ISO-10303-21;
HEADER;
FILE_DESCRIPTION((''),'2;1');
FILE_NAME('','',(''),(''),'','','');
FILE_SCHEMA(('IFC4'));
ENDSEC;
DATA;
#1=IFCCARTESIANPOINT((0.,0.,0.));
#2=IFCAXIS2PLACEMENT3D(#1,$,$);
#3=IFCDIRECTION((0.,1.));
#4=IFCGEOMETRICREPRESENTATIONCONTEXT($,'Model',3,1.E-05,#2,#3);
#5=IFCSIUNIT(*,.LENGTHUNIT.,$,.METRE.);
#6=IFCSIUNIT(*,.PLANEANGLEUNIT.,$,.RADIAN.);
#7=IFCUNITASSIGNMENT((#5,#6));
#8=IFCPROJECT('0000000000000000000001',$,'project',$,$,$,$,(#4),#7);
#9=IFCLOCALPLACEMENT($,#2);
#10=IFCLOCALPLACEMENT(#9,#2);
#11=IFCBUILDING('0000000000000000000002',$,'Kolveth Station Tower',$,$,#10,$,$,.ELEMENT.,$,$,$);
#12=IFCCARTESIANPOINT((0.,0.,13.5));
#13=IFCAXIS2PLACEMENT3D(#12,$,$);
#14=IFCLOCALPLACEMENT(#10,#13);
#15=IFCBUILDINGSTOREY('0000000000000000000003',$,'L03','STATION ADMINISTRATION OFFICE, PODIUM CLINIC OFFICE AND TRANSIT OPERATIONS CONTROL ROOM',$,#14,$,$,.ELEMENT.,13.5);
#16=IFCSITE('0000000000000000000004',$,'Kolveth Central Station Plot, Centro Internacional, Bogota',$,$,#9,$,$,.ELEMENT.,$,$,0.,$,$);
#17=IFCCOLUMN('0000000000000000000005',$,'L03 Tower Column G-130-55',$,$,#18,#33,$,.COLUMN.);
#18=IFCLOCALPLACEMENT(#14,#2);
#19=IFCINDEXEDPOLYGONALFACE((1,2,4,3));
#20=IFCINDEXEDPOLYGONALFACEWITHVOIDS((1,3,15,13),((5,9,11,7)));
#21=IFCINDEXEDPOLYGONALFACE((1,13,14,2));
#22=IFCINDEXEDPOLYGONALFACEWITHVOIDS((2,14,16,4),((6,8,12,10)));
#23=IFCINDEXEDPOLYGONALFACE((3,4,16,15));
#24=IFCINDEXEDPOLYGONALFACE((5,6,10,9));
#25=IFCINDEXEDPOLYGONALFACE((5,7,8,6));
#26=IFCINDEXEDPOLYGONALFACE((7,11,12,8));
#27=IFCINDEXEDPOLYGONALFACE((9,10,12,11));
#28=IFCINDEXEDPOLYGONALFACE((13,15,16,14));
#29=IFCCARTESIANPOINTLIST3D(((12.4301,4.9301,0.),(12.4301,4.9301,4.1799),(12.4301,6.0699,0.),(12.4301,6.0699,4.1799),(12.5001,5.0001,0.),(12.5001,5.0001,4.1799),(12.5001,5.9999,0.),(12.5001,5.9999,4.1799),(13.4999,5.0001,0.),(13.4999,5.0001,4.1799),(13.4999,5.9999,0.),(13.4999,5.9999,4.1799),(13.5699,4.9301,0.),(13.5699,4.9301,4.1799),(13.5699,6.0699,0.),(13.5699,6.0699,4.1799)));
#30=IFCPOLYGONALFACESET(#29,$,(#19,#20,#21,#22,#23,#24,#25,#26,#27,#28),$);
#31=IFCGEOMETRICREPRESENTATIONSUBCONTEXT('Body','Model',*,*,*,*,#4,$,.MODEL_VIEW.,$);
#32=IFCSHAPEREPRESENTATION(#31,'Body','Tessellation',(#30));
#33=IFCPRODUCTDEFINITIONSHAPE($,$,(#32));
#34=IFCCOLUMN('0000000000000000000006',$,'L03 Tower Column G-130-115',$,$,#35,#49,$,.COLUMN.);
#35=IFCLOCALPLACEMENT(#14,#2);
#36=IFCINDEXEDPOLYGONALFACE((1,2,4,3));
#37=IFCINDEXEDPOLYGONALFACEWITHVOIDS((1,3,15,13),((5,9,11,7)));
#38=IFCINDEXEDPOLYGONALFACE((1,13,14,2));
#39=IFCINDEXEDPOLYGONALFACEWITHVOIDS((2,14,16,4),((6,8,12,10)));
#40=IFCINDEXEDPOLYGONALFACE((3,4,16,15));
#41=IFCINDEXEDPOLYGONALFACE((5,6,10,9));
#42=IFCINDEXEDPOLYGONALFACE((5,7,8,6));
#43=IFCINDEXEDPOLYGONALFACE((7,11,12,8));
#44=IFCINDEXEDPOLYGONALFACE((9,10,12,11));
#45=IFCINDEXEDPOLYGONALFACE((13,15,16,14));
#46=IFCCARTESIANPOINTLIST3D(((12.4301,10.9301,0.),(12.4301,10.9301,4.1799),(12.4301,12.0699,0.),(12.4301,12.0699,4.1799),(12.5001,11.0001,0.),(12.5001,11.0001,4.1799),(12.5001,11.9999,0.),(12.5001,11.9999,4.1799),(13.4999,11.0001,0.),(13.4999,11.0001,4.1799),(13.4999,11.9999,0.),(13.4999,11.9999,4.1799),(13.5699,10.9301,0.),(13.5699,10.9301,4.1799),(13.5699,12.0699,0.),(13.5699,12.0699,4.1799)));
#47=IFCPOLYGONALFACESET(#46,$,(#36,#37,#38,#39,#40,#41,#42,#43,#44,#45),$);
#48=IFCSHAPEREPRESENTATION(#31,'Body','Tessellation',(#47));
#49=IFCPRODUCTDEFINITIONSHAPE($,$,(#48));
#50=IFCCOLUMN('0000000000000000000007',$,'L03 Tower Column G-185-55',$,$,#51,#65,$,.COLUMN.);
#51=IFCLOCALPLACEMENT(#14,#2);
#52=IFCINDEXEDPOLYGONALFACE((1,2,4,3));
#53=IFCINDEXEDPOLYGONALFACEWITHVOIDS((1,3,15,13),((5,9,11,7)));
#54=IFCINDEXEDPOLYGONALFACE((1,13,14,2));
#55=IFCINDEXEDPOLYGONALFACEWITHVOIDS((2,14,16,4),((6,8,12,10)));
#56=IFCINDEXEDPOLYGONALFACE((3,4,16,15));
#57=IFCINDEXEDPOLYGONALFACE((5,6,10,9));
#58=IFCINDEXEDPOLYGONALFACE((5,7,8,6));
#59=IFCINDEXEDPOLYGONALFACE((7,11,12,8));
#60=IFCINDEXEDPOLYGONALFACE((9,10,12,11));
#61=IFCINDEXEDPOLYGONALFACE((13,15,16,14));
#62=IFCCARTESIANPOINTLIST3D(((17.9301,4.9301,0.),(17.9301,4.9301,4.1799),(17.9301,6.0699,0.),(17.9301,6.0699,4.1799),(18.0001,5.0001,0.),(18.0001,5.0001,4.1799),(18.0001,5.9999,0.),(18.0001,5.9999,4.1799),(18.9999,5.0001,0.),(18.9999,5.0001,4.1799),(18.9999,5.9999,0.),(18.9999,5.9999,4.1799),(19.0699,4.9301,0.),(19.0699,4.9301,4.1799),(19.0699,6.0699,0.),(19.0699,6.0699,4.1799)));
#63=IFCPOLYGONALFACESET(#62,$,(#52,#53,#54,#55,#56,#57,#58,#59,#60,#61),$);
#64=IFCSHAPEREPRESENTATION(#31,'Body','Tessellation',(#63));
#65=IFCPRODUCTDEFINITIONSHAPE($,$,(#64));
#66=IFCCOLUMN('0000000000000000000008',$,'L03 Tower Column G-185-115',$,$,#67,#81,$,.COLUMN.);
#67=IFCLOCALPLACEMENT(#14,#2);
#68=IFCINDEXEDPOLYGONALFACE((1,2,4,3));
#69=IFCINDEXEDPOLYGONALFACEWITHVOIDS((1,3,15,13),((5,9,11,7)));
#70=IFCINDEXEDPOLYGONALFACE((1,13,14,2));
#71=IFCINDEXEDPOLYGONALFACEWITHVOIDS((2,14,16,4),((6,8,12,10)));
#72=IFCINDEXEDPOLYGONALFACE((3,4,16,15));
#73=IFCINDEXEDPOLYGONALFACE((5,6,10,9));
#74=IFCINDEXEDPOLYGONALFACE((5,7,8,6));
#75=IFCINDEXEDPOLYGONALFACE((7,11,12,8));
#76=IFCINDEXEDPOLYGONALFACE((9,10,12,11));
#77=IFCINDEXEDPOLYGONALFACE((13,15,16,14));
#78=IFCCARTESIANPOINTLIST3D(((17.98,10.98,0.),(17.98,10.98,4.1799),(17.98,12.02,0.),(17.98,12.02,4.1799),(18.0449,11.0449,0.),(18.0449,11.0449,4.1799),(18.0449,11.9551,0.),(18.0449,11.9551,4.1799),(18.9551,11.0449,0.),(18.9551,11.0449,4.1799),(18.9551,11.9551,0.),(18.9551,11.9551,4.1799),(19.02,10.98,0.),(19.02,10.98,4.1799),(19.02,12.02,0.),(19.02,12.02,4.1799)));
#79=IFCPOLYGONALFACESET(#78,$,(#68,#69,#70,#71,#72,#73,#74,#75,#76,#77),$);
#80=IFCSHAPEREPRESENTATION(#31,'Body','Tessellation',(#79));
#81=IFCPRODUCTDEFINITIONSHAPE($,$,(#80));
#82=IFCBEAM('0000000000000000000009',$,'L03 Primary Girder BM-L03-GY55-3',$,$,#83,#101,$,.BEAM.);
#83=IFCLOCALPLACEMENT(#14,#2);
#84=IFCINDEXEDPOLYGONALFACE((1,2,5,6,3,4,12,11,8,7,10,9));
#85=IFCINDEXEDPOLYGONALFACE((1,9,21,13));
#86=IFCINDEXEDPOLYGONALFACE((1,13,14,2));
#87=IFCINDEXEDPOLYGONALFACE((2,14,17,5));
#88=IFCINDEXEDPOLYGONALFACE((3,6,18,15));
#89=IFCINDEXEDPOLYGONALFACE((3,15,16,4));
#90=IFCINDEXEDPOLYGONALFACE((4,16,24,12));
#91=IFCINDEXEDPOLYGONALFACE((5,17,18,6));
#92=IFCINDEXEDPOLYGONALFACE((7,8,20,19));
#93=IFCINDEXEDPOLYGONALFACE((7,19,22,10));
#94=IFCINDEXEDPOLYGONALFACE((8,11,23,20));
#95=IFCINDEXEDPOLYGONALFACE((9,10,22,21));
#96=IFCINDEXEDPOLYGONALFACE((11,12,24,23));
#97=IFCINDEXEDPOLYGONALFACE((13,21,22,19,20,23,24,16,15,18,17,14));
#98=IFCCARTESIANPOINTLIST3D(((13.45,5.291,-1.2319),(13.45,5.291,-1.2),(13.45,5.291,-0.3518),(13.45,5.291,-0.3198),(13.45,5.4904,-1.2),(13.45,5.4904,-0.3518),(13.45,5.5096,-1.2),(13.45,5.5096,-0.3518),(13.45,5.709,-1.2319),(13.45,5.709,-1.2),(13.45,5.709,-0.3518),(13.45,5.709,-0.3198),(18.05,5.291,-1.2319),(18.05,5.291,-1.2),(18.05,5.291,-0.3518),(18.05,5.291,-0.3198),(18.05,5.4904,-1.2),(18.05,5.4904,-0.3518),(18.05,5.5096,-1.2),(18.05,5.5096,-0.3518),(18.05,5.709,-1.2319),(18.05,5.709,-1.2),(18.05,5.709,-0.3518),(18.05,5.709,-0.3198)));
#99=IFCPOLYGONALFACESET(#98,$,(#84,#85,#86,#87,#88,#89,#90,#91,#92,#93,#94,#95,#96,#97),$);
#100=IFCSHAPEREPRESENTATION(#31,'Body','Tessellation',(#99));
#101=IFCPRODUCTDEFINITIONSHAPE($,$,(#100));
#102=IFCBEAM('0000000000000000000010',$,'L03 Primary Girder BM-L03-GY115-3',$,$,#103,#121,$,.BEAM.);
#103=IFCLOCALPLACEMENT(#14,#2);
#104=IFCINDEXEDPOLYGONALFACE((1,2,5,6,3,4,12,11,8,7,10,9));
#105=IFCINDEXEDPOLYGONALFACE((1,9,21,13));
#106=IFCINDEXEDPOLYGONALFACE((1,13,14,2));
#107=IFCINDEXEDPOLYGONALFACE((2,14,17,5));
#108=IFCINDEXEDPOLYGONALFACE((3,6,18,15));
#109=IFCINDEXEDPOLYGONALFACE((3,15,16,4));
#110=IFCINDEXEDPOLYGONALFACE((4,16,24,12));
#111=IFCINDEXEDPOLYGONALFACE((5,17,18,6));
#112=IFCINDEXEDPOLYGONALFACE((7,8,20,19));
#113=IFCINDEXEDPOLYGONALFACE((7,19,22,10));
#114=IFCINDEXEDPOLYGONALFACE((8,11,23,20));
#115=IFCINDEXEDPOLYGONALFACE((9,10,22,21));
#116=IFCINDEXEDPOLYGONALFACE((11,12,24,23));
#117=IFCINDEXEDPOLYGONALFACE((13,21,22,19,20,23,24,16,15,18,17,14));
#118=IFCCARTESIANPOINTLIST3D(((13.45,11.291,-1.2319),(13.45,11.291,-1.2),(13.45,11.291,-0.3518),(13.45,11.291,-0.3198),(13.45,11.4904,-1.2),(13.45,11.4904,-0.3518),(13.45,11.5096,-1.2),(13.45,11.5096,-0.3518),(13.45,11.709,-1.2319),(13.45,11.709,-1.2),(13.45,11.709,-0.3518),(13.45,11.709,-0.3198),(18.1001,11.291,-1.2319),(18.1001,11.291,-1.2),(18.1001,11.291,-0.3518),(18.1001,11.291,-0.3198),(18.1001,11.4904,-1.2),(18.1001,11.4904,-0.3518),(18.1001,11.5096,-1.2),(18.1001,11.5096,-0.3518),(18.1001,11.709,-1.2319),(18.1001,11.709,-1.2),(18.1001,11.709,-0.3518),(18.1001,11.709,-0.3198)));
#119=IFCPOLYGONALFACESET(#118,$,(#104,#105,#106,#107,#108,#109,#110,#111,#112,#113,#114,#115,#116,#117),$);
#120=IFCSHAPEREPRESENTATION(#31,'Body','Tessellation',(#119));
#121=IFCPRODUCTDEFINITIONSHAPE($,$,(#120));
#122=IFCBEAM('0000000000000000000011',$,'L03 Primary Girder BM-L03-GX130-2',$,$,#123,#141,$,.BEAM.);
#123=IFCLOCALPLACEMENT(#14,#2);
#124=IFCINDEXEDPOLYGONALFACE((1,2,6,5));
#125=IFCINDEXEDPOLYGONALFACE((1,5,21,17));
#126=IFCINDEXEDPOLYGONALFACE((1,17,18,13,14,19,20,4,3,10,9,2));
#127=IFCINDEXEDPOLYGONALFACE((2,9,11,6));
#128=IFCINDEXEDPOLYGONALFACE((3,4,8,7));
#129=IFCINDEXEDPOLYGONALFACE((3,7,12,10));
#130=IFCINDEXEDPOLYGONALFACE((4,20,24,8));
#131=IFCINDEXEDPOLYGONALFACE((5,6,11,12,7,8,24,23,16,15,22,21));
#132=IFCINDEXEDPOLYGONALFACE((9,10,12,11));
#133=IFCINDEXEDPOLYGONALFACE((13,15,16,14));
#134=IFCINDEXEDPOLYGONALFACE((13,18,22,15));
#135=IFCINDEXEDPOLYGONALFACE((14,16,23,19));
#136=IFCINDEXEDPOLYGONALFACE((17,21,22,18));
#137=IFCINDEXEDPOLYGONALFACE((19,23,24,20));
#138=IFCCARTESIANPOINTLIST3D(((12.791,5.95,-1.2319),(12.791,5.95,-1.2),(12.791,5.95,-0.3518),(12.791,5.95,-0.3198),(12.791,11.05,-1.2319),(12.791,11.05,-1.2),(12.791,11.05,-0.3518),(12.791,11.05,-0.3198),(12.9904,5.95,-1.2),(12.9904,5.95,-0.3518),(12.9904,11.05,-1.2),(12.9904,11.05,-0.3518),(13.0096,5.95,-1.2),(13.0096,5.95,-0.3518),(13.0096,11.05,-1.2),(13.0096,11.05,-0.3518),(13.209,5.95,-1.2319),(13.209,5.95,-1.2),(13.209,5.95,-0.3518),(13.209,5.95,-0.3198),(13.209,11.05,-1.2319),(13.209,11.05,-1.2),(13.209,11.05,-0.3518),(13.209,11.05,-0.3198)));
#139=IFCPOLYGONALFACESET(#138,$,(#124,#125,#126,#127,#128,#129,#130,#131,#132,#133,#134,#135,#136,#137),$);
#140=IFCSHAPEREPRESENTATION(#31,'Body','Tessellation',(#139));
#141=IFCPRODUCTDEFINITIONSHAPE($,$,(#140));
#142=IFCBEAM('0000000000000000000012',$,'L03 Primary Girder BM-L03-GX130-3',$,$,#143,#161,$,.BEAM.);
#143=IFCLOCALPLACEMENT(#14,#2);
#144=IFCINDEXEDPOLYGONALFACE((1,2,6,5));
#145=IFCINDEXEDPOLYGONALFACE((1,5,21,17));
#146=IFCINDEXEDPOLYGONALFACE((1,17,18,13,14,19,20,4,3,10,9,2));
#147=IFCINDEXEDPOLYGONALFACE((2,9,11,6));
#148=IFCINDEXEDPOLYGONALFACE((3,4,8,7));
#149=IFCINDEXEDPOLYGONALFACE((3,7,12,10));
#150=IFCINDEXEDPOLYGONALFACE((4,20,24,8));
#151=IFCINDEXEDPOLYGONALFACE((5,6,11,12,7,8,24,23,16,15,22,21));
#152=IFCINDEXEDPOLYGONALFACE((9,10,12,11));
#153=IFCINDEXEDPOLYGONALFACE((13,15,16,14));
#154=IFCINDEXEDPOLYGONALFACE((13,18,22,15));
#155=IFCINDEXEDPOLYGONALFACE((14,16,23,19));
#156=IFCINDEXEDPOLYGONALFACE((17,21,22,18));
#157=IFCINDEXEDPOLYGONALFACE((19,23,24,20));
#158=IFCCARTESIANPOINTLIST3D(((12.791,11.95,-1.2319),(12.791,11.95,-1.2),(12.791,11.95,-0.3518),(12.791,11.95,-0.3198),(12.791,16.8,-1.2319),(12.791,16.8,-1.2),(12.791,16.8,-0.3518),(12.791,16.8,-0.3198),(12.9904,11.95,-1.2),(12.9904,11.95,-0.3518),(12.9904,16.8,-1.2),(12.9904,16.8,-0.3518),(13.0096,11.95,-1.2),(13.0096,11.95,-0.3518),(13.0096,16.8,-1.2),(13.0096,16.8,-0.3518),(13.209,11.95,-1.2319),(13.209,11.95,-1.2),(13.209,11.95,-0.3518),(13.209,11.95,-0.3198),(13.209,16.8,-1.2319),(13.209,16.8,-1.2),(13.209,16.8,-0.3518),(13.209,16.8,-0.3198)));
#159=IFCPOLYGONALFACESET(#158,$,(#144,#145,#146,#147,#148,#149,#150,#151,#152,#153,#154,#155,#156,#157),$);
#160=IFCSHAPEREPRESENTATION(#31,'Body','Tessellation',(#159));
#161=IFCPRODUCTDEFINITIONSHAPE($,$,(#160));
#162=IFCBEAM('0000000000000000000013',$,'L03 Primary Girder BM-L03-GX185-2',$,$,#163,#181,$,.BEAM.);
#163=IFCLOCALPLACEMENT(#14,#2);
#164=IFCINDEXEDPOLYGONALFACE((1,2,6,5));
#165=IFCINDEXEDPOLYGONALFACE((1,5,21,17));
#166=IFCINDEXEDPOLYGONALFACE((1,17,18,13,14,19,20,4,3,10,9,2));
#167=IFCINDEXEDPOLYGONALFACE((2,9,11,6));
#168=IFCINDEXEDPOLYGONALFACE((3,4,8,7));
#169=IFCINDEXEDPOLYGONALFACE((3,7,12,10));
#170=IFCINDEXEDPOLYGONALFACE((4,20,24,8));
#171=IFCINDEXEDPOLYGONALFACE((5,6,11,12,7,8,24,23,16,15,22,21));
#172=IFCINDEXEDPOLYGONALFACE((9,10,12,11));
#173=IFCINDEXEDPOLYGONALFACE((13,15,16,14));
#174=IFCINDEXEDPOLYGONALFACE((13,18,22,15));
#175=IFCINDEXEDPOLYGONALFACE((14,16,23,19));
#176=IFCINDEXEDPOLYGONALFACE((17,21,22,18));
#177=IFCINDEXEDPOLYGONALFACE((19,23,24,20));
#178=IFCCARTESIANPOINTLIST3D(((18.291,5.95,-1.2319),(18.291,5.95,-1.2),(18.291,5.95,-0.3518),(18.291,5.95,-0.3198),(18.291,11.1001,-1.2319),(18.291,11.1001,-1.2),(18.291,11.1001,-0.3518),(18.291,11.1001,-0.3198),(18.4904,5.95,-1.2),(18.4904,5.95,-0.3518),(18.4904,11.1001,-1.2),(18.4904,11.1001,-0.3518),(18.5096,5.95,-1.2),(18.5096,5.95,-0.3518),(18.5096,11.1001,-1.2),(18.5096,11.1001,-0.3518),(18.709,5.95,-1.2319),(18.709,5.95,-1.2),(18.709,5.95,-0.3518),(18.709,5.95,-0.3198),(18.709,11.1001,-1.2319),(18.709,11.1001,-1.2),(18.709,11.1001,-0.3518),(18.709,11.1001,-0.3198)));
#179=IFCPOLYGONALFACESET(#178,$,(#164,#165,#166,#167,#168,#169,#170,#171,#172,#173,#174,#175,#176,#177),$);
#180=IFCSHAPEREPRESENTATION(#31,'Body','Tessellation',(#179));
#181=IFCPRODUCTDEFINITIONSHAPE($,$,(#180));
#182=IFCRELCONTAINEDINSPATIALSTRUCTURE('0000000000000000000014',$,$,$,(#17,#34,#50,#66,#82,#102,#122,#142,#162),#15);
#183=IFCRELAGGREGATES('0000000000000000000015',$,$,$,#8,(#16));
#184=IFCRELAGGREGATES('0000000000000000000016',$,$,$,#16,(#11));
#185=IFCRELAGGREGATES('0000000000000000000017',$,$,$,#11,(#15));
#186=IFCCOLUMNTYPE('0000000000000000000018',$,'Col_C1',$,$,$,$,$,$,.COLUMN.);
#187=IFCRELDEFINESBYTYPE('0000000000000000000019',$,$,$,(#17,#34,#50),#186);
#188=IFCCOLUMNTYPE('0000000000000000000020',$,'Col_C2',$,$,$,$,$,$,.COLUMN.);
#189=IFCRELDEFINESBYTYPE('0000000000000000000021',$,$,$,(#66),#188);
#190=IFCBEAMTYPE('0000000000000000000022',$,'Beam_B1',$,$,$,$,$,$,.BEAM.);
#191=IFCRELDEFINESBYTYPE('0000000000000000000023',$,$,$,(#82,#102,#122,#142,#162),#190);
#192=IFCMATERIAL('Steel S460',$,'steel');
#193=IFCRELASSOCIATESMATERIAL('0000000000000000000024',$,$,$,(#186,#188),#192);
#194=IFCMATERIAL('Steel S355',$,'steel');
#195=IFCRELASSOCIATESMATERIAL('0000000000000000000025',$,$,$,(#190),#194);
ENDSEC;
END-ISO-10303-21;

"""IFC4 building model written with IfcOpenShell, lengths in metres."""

from ifc_helpers import new_model, si_unit, direction, frame, origin, origin_2d, place, context, subcontext, project, spatial, hollow_rectangle, i_section, extrude, source, transform, mapped, material, material_profile, profile_set, type_object, element, save


model = new_model("IFC4")

# Units and contexts
model_context = context("Model", 3, precision=1e-05, world=origin(), true_north=direction((0.0, 1.0)))
body_context = subcontext(model_context, "Body", "Model", "MODEL_VIEW")
ifc_project = project(units=[si_unit("LENGTHUNIT", "METRE"), si_unit("PLANEANGLEUNIT", "RADIAN")], contexts=[model_context])

# Site, building, storey
site_placement = place(None, origin())
site = spatial("IfcSite", under=ifc_project, at=site_placement, Name="Kolveth Central Station Plot, Centro Internacional, Bogota", CompositionType="ELEMENT", RefElevation=0.0)
building_placement = place(site_placement, origin())
building = spatial("IfcBuilding", under=site, at=building_placement, Name="Kolveth Station Tower", CompositionType="ELEMENT")
storey_placement = place(building_placement, frame((0.0, 0.0, 13.5)))
storey = spatial("IfcBuildingStorey", under=building, at=storey_placement, Name="L03", Description="STATION ADMINISTRATION OFFICE, PODIUM CLINIC OFFICE AND TRANSIT OPERATIONS CONTROL ROOM", CompositionType="ELEMENT", Elevation=13.5)

# Columns
ifc_material_1 = material(Name="Steel S460", Category="steel")
ifc_material_profile_1 = material_profile(ifc_material_1, hollow_rectangle(XDim=1.1399, YDim=1.1399, WallThickness=0.0701, at=origin_2d()), Name="BOX1140x1140x70")
ifc_profile_set_1 = profile_set([ifc_material_profile_1], Name="Steel S460")
column_type_1 = type_object("IfcColumnType", Name="Col_C1", PredefinedType="COLUMN", material=ifc_profile_set_1)
shared_shape_1 = source(origin(), body_context, "Body", "SweptSolid", [
    extrude(hollow_rectangle(XDim=1.1399, YDim=1.1399, WallThickness=0.0701, at=origin_2d()), origin(), (0.0, 0.0, 1.0), 4.1799),
])
for number, where, z_axis, x_axis, name in (
    (1, (13.0, 5.5, 0.0), (0.0, 0.0, 1.0), (1.0, 0.0, 0.0), "L03 Tower Column G-130-55"),
    (2, (13.0, 11.5, 0.0), (0.0, 0.0, 1.0), (1.0, 0.0, 0.0), "L03 Tower Column G-130-115"),
    (3, (18.5, 5.5, 0.0), (0.0, 0.0, 1.0), (1.0, 0.0, 0.0), "L03 Tower Column G-185-55"),
):
    element("IfcColumn", number, at=place(storey_placement, frame(where, z_axis=z_axis, x_axis=x_axis)), inside=storey, type_object=column_type_1, Name=name, PredefinedType="COLUMN", context=body_context, shape_type="MappedRepresentation", body=[
        mapped(shared_shape_1, transform((0.0, 0.0, 0.0), x_axis=(1.0, 0.0, 0.0), y_axis=(0.0, 1.0, 0.0), z_axis=(0.0, 0.0, 1.0), scale=1.0)),
    ])
ifc_material_profile_2 = material_profile(ifc_material_1, hollow_rectangle(XDim=1.04, YDim=1.04, WallThickness=0.0649, at=origin_2d()), Name="BOX1040x1040x65")
ifc_profile_set_2 = profile_set([ifc_material_profile_2], Name="Steel S460")
column_type_2 = type_object("IfcColumnType", Name="Col_C2", PredefinedType="COLUMN", material=ifc_profile_set_2)
shared_shape_2 = source(origin(), body_context, "Body", "SweptSolid", [
    extrude(hollow_rectangle(XDim=1.04, YDim=1.04, WallThickness=0.0649, at=origin_2d()), origin(), (0.0, 0.0, 1.0), 4.1799),
])
column_placement = place(storey_placement, frame((18.5, 11.5, 0.0), z_axis=(0.0, 0.0, 1.0), x_axis=(1.0, 0.0, 0.0)))
element("IfcColumn", 4, at=column_placement, inside=storey, type_object=column_type_2, Name="L03 Tower Column G-185-115", PredefinedType="COLUMN", context=body_context, shape_type="MappedRepresentation", body=[
    mapped(shared_shape_2, transform((0.0, 0.0, 0.0), x_axis=(1.0, 0.0, 0.0), y_axis=(0.0, 1.0, 0.0), z_axis=(0.0, 0.0, 1.0), scale=1.0)),
])

# Beams
ifc_material_2 = material(Name="Steel S355", Category="steel")
ifc_material_profile_3 = material_profile(ifc_material_2, i_section(OverallWidth=0.418, OverallDepth=0.9121, WebThickness=0.0193, FlangeThickness=0.032, at=origin_2d()), Name="W920x342")
ifc_profile_set_3 = profile_set([ifc_material_profile_3], Name="Steel S355")
beam_type_1 = type_object("IfcBeamType", Name="Beam_B1", PredefinedType="BEAM", material=ifc_profile_set_3)
shared_shape_3 = source(origin(), body_context, "Body", "SweptSolid", [
    extrude(i_section(OverallWidth=0.418, OverallDepth=0.9121, WebThickness=0.0193, FlangeThickness=0.032, at=origin_2d()), origin(), (0.0, 0.0, 1.0), 4.6001),
])
beam_1_placement = place(storey_placement, frame((13.45, 5.5, -0.7759), z_axis=(1.0, 0.0, 0.0), x_axis=(0.0, 1.0, 0.0)))
element("IfcBeam", 5, at=beam_1_placement, inside=storey, type_object=beam_type_1, Name="L03 Primary Girder BM-L03-GY55-3", PredefinedType="BEAM", context=body_context, shape_type="MappedRepresentation", body=[
    mapped(shared_shape_3, transform((0.0, 0.0, 0.0), x_axis=(1.0, 0.0, 0.0), y_axis=(0.0, 1.0, 0.0), z_axis=(0.0, 0.0, 1.0), scale=1.0)),
])
shared_shape_4 = source(origin(), body_context, "Body", "SweptSolid", [
    extrude(i_section(OverallWidth=0.418, OverallDepth=0.9121, WebThickness=0.0193, FlangeThickness=0.032, at=origin_2d()), origin(), (0.0, 0.0, 1.0), 4.6501),
])
beam_2_placement = place(storey_placement, frame((13.45, 11.5, -0.7759), z_axis=(1.0, 0.0, 0.0), x_axis=(0.0, 1.0, 0.0)))
element("IfcBeam", 6, at=beam_2_placement, inside=storey, type_object=beam_type_1, Name="L03 Primary Girder BM-L03-GY115-3", PredefinedType="BEAM", context=body_context, shape_type="MappedRepresentation", body=[
    mapped(shared_shape_4, transform((0.0, 0.0, 0.0), x_axis=(1.0, 0.0, 0.0), y_axis=(0.0, 1.0, 0.0), z_axis=(0.0, 0.0, 1.0), scale=1.0)),
])
shared_shape_5 = source(origin(), body_context, "Body", "SweptSolid", [
    extrude(i_section(OverallWidth=0.418, OverallDepth=0.9121, WebThickness=0.0193, FlangeThickness=0.032, at=origin_2d()), origin(), (0.0, 0.0, 1.0), 5.1001),
])
beam_3_placement = place(storey_placement, frame((13.0, 5.95, -0.7759), z_axis=(0.0, 1.0, 0.0), x_axis=(-1.0, 0.0, 0.0)))
element("IfcBeam", 7, at=beam_3_placement, inside=storey, type_object=beam_type_1, Name="L03 Primary Girder BM-L03-GX130-2", PredefinedType="BEAM", context=body_context, shape_type="MappedRepresentation", body=[
    mapped(shared_shape_5, transform((0.0, 0.0, 0.0), x_axis=(1.0, 0.0, 0.0), y_axis=(0.0, 1.0, 0.0), z_axis=(0.0, 0.0, 1.0), scale=1.0)),
])
shared_shape_6 = source(origin(), body_context, "Body", "SweptSolid", [
    extrude(i_section(OverallWidth=0.418, OverallDepth=0.9121, WebThickness=0.0193, FlangeThickness=0.032, at=origin_2d()), origin(), (0.0, 0.0, 1.0), 4.8501),
])
beam_4_placement = place(storey_placement, frame((13.0, 11.95, -0.7759), z_axis=(0.0, 1.0, 0.0), x_axis=(-1.0, 0.0, 0.0)))
element("IfcBeam", 8, at=beam_4_placement, inside=storey, type_object=beam_type_1, Name="L03 Primary Girder BM-L03-GX130-3", PredefinedType="BEAM", context=body_context, shape_type="MappedRepresentation", body=[
    mapped(shared_shape_6, transform((0.0, 0.0, 0.0), x_axis=(1.0, 0.0, 0.0), y_axis=(0.0, 1.0, 0.0), z_axis=(0.0, 0.0, 1.0), scale=1.0)),
])
shared_shape_7 = source(origin(), body_context, "Body", "SweptSolid", [
    extrude(i_section(OverallWidth=0.418, OverallDepth=0.9121, WebThickness=0.0193, FlangeThickness=0.032, at=origin_2d()), origin(), (0.0, 0.0, 1.0), 5.1501),
])
beam_5_placement = place(storey_placement, frame((18.5, 5.95, -0.7759), z_axis=(0.0, 1.0, 0.0), x_axis=(-1.0, 0.0, 0.0)))
element("IfcBeam", 9, at=beam_5_placement, inside=storey, type_object=beam_type_1, Name="L03 Primary Girder BM-L03-GX185-2", PredefinedType="BEAM", context=body_context, shape_type="MappedRepresentation", body=[
    mapped(shared_shape_7, transform((0.0, 0.0, 0.0), x_axis=(1.0, 0.0, 0.0), y_axis=(0.0, 1.0, 0.0), z_axis=(0.0, 0.0, 1.0), scale=1.0)),
])

save(model, "model.ifc")
